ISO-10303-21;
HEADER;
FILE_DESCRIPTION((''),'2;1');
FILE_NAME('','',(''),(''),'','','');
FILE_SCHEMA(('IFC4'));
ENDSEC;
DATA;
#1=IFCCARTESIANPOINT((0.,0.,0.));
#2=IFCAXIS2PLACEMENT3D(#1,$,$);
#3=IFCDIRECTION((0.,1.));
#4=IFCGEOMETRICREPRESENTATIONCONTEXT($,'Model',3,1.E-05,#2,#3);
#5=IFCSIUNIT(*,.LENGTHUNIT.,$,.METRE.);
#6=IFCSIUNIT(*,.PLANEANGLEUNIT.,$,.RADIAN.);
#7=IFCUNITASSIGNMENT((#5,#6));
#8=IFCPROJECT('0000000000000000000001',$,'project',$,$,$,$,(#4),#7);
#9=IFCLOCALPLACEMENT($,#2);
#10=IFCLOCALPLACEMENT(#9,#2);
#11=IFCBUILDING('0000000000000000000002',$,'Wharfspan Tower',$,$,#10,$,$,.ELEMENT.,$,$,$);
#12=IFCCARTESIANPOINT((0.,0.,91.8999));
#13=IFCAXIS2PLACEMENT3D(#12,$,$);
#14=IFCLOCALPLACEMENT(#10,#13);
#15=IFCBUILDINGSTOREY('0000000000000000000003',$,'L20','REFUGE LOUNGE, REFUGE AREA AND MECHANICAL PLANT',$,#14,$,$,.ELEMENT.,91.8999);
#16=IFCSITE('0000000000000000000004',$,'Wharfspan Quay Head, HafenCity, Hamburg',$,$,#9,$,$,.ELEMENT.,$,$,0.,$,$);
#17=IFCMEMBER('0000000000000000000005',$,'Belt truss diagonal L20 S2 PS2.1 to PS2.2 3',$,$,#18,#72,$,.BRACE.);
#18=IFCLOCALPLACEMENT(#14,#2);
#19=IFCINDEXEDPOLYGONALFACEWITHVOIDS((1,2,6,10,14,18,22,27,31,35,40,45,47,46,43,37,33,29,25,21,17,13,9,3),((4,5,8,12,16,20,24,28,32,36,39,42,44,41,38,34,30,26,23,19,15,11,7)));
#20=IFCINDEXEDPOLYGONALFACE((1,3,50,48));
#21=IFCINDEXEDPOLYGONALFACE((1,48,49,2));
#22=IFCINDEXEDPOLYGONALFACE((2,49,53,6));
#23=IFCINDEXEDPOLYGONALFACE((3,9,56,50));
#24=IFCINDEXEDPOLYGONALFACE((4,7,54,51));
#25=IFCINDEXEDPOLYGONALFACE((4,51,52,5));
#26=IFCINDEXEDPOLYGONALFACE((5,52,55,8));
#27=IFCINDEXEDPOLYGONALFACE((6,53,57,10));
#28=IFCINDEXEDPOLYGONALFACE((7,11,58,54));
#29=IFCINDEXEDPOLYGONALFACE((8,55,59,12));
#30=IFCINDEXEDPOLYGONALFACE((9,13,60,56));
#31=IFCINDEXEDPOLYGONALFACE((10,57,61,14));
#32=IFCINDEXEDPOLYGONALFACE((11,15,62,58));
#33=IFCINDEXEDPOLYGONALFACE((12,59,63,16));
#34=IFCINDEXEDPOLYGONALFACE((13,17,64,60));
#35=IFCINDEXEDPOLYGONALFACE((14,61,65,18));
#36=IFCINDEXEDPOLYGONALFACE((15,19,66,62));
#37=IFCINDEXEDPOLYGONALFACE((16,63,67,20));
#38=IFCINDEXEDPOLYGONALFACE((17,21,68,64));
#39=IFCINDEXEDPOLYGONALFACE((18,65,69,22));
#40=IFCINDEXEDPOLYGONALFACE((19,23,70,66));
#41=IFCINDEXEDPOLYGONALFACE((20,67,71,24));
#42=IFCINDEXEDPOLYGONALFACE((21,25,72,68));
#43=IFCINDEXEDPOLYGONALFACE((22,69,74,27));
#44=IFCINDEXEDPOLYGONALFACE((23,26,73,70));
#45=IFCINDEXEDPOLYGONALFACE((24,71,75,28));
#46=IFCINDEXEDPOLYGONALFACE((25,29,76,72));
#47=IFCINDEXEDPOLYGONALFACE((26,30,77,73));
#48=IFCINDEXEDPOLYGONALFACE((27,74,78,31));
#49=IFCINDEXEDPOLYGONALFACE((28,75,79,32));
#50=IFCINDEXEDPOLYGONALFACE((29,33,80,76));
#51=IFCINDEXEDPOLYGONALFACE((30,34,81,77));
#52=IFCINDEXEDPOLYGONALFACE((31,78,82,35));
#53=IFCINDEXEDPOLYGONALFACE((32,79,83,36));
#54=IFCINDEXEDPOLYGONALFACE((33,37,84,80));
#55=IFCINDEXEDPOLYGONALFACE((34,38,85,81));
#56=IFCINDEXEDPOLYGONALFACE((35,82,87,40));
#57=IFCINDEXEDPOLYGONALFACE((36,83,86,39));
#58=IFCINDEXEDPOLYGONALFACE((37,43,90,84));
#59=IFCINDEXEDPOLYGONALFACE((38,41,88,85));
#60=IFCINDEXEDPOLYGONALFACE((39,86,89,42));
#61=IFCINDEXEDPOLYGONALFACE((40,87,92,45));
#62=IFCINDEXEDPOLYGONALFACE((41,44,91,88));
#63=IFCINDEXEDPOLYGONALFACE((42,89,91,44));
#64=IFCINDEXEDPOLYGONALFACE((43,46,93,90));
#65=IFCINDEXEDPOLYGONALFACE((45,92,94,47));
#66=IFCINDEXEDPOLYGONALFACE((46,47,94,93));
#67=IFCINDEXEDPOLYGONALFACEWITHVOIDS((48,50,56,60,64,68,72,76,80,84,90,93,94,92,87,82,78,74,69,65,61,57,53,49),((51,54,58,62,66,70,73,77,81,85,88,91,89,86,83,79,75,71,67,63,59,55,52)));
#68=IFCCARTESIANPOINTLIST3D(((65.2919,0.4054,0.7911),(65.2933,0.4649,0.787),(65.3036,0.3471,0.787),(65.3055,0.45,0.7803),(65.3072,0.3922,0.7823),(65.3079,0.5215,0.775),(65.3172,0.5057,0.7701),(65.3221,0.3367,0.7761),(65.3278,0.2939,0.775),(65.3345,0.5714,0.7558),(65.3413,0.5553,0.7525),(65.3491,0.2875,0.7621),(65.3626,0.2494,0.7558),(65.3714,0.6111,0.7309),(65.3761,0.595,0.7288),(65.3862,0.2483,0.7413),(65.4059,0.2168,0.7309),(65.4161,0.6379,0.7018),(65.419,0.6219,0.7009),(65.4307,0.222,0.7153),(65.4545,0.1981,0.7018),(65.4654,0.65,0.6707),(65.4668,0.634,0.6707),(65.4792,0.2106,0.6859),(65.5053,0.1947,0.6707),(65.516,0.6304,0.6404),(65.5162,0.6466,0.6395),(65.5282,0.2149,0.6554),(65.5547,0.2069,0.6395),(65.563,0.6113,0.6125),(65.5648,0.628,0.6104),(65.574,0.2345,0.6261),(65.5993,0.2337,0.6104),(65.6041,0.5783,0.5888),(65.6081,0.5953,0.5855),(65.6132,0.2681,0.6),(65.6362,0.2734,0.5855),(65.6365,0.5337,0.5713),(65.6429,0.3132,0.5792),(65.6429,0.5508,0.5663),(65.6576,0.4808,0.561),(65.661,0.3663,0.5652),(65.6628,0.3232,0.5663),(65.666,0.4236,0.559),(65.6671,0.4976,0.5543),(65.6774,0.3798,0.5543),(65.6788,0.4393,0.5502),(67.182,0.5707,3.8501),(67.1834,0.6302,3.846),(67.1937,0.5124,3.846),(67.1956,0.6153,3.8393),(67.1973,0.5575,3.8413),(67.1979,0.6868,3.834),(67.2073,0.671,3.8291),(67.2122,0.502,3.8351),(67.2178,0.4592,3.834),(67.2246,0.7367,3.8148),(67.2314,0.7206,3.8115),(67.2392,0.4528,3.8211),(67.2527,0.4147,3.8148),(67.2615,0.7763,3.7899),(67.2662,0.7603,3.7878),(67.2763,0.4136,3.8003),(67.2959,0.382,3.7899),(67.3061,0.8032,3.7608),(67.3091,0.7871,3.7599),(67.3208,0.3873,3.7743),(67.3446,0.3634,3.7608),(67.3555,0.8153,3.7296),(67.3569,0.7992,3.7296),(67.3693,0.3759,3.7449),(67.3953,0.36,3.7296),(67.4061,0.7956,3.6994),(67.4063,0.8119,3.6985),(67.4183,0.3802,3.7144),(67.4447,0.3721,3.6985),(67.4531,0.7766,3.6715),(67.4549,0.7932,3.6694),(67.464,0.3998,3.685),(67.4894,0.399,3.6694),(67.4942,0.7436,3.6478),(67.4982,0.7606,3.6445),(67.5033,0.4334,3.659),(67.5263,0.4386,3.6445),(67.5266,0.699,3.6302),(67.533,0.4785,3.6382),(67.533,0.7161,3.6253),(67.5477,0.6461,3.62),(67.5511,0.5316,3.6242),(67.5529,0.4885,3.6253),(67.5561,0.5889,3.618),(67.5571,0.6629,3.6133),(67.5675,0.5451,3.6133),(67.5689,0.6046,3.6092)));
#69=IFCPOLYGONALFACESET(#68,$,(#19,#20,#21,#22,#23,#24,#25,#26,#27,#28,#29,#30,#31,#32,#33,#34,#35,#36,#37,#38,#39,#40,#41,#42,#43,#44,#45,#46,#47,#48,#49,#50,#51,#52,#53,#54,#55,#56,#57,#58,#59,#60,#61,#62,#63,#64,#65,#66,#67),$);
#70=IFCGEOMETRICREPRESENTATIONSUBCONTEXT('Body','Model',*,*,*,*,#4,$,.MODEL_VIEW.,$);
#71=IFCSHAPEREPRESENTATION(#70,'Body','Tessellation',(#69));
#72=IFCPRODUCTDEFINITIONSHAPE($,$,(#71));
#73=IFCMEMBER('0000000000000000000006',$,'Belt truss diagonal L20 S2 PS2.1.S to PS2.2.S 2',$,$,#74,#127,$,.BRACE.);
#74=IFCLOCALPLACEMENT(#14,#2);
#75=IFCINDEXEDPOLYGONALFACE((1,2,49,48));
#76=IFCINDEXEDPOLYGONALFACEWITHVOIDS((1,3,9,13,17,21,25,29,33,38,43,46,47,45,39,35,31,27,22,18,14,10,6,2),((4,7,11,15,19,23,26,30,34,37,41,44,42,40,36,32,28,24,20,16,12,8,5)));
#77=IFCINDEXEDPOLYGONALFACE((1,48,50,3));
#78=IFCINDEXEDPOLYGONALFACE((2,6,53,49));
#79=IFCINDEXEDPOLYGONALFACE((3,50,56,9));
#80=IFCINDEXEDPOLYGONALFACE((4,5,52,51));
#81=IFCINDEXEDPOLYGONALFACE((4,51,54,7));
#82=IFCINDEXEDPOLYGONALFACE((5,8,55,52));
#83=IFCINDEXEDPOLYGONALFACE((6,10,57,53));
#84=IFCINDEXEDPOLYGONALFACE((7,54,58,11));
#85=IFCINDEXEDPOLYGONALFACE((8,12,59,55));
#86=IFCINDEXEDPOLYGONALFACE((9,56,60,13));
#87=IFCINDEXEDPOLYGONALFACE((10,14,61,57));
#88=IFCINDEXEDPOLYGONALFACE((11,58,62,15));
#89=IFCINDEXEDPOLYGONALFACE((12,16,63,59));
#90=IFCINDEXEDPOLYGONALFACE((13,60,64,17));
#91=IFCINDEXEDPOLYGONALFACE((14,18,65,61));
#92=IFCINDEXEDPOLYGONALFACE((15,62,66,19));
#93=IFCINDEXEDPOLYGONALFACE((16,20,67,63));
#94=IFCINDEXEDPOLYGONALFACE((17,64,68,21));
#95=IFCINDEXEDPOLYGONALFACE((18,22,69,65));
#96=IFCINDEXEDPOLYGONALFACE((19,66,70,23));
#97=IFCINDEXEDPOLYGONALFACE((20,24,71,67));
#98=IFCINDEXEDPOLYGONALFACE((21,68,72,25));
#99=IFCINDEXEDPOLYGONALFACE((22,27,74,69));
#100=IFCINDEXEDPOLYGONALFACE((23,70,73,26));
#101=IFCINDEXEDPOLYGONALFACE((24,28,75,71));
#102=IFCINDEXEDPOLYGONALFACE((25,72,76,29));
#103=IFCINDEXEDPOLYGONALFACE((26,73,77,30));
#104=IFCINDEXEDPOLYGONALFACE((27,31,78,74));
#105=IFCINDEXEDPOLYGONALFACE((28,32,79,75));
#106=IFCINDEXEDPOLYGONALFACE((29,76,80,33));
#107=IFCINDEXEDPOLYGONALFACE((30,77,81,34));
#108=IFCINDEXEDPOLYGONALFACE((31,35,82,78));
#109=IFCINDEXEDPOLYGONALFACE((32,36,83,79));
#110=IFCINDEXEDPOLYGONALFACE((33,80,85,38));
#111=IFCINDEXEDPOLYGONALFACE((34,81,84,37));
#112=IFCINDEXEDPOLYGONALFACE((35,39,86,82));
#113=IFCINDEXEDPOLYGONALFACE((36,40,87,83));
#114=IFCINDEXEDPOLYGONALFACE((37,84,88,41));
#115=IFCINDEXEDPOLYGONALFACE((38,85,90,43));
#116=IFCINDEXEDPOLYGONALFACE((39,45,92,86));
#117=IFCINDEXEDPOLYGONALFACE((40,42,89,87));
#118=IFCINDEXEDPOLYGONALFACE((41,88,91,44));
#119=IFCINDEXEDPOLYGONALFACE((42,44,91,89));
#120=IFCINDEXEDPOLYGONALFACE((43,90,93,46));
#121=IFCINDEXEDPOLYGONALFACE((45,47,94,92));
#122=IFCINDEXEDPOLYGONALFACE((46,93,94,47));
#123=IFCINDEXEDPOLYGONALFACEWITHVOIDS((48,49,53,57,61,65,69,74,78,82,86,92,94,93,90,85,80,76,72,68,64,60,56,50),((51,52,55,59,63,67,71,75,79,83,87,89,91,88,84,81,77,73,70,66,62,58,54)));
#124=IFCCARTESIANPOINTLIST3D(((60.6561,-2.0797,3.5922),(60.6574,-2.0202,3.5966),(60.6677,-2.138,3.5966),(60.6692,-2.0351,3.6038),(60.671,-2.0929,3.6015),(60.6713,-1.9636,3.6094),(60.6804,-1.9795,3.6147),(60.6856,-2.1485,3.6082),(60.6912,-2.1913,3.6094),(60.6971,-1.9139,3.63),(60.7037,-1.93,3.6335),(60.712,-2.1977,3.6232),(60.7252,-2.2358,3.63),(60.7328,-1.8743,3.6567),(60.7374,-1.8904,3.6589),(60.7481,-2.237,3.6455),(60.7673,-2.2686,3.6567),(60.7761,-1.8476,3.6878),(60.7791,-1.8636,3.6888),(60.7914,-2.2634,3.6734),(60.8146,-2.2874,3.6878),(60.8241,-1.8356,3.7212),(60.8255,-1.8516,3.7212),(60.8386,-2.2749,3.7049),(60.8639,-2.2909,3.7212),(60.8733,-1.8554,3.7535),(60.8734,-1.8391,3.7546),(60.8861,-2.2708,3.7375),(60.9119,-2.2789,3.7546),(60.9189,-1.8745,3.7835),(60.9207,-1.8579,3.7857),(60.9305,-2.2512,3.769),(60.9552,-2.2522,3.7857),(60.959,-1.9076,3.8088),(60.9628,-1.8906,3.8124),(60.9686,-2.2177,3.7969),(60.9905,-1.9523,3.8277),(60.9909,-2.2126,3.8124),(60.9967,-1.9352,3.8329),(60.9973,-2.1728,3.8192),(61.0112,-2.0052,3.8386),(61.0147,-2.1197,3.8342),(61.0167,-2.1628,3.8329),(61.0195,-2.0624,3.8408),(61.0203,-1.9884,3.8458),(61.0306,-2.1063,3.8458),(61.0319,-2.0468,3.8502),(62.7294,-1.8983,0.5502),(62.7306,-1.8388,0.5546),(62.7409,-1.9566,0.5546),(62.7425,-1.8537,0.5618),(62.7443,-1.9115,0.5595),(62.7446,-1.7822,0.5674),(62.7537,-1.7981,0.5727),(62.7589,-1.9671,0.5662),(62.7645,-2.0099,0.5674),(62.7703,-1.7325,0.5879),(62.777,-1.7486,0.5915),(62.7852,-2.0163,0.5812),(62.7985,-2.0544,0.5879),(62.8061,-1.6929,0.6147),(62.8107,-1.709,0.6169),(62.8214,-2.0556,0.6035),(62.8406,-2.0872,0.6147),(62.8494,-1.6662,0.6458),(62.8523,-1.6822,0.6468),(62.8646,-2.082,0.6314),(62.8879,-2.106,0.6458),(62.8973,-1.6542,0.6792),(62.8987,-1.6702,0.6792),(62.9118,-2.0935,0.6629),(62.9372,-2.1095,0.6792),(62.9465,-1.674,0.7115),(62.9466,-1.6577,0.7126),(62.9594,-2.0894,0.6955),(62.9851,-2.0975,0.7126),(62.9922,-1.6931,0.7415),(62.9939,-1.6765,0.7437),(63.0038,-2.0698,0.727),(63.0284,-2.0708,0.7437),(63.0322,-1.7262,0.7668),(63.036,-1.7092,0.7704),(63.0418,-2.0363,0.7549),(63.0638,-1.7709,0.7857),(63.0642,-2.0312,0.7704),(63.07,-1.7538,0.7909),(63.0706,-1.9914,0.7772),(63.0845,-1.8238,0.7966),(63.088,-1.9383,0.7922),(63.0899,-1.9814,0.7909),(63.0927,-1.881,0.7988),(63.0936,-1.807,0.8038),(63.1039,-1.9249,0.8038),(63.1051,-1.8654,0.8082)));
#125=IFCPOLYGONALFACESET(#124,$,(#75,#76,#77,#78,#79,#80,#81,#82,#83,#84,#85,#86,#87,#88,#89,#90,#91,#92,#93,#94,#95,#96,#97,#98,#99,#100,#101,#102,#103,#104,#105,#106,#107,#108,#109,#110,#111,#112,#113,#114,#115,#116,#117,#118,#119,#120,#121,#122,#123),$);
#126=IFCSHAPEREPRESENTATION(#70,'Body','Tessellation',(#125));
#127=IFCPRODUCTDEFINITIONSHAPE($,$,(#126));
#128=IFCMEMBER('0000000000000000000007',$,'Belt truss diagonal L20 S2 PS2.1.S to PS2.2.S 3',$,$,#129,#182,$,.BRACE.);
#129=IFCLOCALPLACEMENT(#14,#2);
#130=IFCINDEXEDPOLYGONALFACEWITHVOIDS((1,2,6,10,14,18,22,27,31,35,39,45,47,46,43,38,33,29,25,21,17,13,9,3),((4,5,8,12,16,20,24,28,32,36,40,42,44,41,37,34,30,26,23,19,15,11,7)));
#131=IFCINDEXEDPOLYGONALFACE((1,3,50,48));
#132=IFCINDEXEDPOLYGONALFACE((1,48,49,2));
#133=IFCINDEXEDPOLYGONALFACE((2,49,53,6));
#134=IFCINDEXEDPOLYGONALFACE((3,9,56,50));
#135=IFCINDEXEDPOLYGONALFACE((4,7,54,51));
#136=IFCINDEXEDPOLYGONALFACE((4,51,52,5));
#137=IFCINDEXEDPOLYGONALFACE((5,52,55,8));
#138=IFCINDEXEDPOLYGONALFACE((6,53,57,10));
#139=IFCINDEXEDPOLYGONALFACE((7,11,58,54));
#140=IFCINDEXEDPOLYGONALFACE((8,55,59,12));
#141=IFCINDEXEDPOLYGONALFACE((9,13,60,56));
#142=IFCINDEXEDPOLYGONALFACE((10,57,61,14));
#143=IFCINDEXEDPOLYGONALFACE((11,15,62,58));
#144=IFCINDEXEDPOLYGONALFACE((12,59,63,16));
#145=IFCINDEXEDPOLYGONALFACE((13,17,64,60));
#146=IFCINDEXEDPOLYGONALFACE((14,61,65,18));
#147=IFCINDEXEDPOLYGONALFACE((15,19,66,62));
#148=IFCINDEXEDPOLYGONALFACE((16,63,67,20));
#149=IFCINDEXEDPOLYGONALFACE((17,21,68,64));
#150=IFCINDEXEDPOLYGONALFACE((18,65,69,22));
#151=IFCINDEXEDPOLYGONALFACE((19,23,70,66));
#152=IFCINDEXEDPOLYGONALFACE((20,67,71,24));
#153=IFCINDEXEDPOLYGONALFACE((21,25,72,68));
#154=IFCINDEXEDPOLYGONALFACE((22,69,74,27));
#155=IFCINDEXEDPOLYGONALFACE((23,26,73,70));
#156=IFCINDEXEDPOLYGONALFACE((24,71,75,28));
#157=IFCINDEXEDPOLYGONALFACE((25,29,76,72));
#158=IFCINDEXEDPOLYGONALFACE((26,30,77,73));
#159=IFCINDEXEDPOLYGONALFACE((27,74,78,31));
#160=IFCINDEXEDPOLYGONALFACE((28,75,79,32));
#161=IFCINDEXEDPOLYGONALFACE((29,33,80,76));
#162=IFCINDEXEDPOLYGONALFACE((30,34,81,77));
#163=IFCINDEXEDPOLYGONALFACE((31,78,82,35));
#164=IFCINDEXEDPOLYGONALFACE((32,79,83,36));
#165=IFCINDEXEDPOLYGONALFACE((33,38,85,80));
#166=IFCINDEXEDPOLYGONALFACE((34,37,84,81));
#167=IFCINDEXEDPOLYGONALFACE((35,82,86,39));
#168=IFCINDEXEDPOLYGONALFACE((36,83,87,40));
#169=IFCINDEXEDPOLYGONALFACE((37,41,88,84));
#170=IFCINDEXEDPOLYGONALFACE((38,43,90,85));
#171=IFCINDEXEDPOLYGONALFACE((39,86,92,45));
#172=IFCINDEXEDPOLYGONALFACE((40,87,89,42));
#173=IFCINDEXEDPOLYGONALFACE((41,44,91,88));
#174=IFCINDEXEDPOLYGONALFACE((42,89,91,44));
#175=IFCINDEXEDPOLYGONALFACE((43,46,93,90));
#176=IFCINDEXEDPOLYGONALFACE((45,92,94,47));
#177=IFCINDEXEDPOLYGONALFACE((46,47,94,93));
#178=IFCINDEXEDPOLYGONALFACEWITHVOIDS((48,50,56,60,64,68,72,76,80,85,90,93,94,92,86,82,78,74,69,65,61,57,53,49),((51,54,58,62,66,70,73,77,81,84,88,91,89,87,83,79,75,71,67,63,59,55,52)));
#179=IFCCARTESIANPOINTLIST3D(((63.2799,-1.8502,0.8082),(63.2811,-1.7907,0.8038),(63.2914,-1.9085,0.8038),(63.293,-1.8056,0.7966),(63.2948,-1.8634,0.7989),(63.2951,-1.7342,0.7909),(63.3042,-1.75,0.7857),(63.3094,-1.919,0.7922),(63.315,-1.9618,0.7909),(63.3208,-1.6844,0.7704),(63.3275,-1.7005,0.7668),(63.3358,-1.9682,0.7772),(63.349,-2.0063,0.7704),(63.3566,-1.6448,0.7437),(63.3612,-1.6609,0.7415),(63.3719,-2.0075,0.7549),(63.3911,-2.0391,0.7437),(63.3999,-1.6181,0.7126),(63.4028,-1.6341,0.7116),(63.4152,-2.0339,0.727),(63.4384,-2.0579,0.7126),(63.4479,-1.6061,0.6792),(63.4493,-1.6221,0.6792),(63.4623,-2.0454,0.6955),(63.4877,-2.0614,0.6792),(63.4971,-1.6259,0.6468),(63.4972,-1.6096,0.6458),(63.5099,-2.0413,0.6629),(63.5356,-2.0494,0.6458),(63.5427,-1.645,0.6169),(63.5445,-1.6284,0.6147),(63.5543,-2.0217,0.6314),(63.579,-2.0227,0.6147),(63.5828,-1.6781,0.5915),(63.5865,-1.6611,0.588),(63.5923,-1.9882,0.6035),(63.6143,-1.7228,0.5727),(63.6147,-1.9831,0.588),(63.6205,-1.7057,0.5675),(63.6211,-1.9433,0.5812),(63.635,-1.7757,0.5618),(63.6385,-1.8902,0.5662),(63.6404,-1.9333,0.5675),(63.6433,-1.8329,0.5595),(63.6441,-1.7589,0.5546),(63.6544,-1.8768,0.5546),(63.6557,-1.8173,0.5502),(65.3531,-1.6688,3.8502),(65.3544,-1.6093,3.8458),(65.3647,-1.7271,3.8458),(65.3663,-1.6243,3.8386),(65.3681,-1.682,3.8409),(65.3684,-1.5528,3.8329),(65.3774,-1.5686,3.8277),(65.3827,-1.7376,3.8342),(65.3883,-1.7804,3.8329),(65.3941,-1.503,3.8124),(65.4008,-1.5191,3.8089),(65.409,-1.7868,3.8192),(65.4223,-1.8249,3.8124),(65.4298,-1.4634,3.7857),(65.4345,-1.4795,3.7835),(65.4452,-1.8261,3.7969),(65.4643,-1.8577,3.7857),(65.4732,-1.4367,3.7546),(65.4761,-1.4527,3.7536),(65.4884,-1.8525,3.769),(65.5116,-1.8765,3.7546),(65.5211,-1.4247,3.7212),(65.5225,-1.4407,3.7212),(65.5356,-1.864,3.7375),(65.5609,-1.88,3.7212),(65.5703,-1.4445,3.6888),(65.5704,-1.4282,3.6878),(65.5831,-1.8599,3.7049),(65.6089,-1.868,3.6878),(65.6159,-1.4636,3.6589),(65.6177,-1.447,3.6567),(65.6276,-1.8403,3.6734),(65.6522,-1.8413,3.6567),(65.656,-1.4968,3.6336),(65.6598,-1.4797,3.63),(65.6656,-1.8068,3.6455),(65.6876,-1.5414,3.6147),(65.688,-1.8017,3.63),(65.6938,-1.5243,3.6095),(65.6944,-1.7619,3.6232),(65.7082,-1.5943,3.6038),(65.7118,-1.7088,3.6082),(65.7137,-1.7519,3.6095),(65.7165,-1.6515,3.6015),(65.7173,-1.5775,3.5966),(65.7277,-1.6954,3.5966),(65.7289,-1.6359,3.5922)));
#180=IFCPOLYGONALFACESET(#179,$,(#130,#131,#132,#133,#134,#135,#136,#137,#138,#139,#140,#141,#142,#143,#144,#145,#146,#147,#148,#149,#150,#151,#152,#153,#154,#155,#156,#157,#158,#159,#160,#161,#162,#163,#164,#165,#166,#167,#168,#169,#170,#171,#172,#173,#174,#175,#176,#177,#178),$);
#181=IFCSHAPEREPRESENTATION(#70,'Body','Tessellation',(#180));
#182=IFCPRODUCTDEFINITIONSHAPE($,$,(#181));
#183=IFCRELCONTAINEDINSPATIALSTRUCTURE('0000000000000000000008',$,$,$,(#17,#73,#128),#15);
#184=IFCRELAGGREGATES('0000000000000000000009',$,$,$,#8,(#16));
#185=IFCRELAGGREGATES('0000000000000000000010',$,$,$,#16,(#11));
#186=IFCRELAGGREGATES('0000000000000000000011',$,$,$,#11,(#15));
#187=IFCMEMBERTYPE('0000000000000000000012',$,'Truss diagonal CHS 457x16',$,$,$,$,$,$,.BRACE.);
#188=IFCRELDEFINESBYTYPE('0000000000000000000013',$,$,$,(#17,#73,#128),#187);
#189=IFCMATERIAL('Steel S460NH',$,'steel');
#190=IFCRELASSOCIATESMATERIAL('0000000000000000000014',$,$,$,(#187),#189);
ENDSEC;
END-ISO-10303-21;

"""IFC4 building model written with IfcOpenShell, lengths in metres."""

from ifc_helpers import new_model, si_unit, direction, frame, origin, origin_2d, place, context, subcontext, project, spatial, hollow_circle, extrude, material, material_profile, profile_set, type_object, element, save


model = new_model("IFC4")

# Units and contexts
model_context = context("Model", 3, precision=1e-05, world=origin(), true_north=direction((0.0, 1.0)))
body_context = subcontext(model_context, "Body", "Model", "MODEL_VIEW")
ifc_project = project(units=[si_unit("LENGTHUNIT", "METRE"), si_unit("PLANEANGLEUNIT", "RADIAN")], contexts=[model_context])

# Site, building, storey
site_placement = place(None, origin())
site = spatial("IfcSite", under=ifc_project, at=site_placement, Name="Wharfspan Quay Head, HafenCity, Hamburg", CompositionType="ELEMENT", RefElevation=0.0)
building_placement = place(site_placement, origin())
building = spatial("IfcBuilding", under=site, at=building_placement, Name="Wharfspan Tower", CompositionType="ELEMENT")
storey_placement = place(building_placement, frame((0.0, 0.0, 91.8999)))
storey = spatial("IfcBuildingStorey", under=building, at=storey_placement, Name="L20", Description="REFUGE LOUNGE, REFUGE AREA AND MECHANICAL PLANT", CompositionType="ELEMENT", Elevation=91.8999)

# Members
ifc_material_1 = material(Name="Steel S460NH", Category="steel")
ifc_material_profile_1 = material_profile(ifc_material_1, hollow_circle(Radius=0.2285, WallThickness=0.0161, at=origin_2d()))
ifc_profile_set_1 = profile_set([ifc_material_profile_1], Name="Steel S460NH")
member_type_1 = type_object("IfcMemberType", Name="Truss diagonal CHS 457x16", PredefinedType="BRACE", material=ifc_profile_set_1)
for number, where, z_axis, x_axis, name in (
    (1, (65.4854, 0.4224, 0.6707), (0.52508, 0.045916, 0.849813), (-0.087113, 0.996195, 0.0), "Belt truss diagonal L20 S2 PS2.1 to PS2.2 3"),
):
    element("IfcMember", number, at=place(storey_placement, frame(where, z_axis=z_axis, x_axis=x_axis)), inside=storey, type_object=member_type_1, Name=name, PredefinedType="BRACE", context=body_context, shape_type="SweptSolid", body=[
        extrude(hollow_circle(Radius=0.2285, WallThickness=0.0161, at=origin_2d()), origin(), (0.0, 0.0, 1.0), 3.5996),
    ])
for number, where, z_axis, x_axis, name in (
    (2, (60.844, -2.0632, 3.7212), (0.562498, 0.049215, -0.825333), (-0.087159, 0.996192, 0.000001), "Belt truss diagonal L20 S2 PS2.1.S to PS2.2.S 2"),
    (3, (63.4678, -1.8337, 0.6792), (0.562498, 0.049215, 0.825333), (-0.087159, 0.996192, -0.000001), "Belt truss diagonal L20 S2 PS2.1.S to PS2.2.S 3"),
):
    element("IfcMember", number, at=place(storey_placement, frame(where, z_axis=z_axis, x_axis=x_axis)), inside=storey, type_object=member_type_1, Name=name, PredefinedType="BRACE", context=body_context, shape_type="SweptSolid", body=[
        extrude(hollow_circle(Radius=0.2285, WallThickness=0.0161, at=origin_2d()), origin(), (0.0, 0.0, 1.0), 3.6858),
    ])

save(model, "model.ifc")
